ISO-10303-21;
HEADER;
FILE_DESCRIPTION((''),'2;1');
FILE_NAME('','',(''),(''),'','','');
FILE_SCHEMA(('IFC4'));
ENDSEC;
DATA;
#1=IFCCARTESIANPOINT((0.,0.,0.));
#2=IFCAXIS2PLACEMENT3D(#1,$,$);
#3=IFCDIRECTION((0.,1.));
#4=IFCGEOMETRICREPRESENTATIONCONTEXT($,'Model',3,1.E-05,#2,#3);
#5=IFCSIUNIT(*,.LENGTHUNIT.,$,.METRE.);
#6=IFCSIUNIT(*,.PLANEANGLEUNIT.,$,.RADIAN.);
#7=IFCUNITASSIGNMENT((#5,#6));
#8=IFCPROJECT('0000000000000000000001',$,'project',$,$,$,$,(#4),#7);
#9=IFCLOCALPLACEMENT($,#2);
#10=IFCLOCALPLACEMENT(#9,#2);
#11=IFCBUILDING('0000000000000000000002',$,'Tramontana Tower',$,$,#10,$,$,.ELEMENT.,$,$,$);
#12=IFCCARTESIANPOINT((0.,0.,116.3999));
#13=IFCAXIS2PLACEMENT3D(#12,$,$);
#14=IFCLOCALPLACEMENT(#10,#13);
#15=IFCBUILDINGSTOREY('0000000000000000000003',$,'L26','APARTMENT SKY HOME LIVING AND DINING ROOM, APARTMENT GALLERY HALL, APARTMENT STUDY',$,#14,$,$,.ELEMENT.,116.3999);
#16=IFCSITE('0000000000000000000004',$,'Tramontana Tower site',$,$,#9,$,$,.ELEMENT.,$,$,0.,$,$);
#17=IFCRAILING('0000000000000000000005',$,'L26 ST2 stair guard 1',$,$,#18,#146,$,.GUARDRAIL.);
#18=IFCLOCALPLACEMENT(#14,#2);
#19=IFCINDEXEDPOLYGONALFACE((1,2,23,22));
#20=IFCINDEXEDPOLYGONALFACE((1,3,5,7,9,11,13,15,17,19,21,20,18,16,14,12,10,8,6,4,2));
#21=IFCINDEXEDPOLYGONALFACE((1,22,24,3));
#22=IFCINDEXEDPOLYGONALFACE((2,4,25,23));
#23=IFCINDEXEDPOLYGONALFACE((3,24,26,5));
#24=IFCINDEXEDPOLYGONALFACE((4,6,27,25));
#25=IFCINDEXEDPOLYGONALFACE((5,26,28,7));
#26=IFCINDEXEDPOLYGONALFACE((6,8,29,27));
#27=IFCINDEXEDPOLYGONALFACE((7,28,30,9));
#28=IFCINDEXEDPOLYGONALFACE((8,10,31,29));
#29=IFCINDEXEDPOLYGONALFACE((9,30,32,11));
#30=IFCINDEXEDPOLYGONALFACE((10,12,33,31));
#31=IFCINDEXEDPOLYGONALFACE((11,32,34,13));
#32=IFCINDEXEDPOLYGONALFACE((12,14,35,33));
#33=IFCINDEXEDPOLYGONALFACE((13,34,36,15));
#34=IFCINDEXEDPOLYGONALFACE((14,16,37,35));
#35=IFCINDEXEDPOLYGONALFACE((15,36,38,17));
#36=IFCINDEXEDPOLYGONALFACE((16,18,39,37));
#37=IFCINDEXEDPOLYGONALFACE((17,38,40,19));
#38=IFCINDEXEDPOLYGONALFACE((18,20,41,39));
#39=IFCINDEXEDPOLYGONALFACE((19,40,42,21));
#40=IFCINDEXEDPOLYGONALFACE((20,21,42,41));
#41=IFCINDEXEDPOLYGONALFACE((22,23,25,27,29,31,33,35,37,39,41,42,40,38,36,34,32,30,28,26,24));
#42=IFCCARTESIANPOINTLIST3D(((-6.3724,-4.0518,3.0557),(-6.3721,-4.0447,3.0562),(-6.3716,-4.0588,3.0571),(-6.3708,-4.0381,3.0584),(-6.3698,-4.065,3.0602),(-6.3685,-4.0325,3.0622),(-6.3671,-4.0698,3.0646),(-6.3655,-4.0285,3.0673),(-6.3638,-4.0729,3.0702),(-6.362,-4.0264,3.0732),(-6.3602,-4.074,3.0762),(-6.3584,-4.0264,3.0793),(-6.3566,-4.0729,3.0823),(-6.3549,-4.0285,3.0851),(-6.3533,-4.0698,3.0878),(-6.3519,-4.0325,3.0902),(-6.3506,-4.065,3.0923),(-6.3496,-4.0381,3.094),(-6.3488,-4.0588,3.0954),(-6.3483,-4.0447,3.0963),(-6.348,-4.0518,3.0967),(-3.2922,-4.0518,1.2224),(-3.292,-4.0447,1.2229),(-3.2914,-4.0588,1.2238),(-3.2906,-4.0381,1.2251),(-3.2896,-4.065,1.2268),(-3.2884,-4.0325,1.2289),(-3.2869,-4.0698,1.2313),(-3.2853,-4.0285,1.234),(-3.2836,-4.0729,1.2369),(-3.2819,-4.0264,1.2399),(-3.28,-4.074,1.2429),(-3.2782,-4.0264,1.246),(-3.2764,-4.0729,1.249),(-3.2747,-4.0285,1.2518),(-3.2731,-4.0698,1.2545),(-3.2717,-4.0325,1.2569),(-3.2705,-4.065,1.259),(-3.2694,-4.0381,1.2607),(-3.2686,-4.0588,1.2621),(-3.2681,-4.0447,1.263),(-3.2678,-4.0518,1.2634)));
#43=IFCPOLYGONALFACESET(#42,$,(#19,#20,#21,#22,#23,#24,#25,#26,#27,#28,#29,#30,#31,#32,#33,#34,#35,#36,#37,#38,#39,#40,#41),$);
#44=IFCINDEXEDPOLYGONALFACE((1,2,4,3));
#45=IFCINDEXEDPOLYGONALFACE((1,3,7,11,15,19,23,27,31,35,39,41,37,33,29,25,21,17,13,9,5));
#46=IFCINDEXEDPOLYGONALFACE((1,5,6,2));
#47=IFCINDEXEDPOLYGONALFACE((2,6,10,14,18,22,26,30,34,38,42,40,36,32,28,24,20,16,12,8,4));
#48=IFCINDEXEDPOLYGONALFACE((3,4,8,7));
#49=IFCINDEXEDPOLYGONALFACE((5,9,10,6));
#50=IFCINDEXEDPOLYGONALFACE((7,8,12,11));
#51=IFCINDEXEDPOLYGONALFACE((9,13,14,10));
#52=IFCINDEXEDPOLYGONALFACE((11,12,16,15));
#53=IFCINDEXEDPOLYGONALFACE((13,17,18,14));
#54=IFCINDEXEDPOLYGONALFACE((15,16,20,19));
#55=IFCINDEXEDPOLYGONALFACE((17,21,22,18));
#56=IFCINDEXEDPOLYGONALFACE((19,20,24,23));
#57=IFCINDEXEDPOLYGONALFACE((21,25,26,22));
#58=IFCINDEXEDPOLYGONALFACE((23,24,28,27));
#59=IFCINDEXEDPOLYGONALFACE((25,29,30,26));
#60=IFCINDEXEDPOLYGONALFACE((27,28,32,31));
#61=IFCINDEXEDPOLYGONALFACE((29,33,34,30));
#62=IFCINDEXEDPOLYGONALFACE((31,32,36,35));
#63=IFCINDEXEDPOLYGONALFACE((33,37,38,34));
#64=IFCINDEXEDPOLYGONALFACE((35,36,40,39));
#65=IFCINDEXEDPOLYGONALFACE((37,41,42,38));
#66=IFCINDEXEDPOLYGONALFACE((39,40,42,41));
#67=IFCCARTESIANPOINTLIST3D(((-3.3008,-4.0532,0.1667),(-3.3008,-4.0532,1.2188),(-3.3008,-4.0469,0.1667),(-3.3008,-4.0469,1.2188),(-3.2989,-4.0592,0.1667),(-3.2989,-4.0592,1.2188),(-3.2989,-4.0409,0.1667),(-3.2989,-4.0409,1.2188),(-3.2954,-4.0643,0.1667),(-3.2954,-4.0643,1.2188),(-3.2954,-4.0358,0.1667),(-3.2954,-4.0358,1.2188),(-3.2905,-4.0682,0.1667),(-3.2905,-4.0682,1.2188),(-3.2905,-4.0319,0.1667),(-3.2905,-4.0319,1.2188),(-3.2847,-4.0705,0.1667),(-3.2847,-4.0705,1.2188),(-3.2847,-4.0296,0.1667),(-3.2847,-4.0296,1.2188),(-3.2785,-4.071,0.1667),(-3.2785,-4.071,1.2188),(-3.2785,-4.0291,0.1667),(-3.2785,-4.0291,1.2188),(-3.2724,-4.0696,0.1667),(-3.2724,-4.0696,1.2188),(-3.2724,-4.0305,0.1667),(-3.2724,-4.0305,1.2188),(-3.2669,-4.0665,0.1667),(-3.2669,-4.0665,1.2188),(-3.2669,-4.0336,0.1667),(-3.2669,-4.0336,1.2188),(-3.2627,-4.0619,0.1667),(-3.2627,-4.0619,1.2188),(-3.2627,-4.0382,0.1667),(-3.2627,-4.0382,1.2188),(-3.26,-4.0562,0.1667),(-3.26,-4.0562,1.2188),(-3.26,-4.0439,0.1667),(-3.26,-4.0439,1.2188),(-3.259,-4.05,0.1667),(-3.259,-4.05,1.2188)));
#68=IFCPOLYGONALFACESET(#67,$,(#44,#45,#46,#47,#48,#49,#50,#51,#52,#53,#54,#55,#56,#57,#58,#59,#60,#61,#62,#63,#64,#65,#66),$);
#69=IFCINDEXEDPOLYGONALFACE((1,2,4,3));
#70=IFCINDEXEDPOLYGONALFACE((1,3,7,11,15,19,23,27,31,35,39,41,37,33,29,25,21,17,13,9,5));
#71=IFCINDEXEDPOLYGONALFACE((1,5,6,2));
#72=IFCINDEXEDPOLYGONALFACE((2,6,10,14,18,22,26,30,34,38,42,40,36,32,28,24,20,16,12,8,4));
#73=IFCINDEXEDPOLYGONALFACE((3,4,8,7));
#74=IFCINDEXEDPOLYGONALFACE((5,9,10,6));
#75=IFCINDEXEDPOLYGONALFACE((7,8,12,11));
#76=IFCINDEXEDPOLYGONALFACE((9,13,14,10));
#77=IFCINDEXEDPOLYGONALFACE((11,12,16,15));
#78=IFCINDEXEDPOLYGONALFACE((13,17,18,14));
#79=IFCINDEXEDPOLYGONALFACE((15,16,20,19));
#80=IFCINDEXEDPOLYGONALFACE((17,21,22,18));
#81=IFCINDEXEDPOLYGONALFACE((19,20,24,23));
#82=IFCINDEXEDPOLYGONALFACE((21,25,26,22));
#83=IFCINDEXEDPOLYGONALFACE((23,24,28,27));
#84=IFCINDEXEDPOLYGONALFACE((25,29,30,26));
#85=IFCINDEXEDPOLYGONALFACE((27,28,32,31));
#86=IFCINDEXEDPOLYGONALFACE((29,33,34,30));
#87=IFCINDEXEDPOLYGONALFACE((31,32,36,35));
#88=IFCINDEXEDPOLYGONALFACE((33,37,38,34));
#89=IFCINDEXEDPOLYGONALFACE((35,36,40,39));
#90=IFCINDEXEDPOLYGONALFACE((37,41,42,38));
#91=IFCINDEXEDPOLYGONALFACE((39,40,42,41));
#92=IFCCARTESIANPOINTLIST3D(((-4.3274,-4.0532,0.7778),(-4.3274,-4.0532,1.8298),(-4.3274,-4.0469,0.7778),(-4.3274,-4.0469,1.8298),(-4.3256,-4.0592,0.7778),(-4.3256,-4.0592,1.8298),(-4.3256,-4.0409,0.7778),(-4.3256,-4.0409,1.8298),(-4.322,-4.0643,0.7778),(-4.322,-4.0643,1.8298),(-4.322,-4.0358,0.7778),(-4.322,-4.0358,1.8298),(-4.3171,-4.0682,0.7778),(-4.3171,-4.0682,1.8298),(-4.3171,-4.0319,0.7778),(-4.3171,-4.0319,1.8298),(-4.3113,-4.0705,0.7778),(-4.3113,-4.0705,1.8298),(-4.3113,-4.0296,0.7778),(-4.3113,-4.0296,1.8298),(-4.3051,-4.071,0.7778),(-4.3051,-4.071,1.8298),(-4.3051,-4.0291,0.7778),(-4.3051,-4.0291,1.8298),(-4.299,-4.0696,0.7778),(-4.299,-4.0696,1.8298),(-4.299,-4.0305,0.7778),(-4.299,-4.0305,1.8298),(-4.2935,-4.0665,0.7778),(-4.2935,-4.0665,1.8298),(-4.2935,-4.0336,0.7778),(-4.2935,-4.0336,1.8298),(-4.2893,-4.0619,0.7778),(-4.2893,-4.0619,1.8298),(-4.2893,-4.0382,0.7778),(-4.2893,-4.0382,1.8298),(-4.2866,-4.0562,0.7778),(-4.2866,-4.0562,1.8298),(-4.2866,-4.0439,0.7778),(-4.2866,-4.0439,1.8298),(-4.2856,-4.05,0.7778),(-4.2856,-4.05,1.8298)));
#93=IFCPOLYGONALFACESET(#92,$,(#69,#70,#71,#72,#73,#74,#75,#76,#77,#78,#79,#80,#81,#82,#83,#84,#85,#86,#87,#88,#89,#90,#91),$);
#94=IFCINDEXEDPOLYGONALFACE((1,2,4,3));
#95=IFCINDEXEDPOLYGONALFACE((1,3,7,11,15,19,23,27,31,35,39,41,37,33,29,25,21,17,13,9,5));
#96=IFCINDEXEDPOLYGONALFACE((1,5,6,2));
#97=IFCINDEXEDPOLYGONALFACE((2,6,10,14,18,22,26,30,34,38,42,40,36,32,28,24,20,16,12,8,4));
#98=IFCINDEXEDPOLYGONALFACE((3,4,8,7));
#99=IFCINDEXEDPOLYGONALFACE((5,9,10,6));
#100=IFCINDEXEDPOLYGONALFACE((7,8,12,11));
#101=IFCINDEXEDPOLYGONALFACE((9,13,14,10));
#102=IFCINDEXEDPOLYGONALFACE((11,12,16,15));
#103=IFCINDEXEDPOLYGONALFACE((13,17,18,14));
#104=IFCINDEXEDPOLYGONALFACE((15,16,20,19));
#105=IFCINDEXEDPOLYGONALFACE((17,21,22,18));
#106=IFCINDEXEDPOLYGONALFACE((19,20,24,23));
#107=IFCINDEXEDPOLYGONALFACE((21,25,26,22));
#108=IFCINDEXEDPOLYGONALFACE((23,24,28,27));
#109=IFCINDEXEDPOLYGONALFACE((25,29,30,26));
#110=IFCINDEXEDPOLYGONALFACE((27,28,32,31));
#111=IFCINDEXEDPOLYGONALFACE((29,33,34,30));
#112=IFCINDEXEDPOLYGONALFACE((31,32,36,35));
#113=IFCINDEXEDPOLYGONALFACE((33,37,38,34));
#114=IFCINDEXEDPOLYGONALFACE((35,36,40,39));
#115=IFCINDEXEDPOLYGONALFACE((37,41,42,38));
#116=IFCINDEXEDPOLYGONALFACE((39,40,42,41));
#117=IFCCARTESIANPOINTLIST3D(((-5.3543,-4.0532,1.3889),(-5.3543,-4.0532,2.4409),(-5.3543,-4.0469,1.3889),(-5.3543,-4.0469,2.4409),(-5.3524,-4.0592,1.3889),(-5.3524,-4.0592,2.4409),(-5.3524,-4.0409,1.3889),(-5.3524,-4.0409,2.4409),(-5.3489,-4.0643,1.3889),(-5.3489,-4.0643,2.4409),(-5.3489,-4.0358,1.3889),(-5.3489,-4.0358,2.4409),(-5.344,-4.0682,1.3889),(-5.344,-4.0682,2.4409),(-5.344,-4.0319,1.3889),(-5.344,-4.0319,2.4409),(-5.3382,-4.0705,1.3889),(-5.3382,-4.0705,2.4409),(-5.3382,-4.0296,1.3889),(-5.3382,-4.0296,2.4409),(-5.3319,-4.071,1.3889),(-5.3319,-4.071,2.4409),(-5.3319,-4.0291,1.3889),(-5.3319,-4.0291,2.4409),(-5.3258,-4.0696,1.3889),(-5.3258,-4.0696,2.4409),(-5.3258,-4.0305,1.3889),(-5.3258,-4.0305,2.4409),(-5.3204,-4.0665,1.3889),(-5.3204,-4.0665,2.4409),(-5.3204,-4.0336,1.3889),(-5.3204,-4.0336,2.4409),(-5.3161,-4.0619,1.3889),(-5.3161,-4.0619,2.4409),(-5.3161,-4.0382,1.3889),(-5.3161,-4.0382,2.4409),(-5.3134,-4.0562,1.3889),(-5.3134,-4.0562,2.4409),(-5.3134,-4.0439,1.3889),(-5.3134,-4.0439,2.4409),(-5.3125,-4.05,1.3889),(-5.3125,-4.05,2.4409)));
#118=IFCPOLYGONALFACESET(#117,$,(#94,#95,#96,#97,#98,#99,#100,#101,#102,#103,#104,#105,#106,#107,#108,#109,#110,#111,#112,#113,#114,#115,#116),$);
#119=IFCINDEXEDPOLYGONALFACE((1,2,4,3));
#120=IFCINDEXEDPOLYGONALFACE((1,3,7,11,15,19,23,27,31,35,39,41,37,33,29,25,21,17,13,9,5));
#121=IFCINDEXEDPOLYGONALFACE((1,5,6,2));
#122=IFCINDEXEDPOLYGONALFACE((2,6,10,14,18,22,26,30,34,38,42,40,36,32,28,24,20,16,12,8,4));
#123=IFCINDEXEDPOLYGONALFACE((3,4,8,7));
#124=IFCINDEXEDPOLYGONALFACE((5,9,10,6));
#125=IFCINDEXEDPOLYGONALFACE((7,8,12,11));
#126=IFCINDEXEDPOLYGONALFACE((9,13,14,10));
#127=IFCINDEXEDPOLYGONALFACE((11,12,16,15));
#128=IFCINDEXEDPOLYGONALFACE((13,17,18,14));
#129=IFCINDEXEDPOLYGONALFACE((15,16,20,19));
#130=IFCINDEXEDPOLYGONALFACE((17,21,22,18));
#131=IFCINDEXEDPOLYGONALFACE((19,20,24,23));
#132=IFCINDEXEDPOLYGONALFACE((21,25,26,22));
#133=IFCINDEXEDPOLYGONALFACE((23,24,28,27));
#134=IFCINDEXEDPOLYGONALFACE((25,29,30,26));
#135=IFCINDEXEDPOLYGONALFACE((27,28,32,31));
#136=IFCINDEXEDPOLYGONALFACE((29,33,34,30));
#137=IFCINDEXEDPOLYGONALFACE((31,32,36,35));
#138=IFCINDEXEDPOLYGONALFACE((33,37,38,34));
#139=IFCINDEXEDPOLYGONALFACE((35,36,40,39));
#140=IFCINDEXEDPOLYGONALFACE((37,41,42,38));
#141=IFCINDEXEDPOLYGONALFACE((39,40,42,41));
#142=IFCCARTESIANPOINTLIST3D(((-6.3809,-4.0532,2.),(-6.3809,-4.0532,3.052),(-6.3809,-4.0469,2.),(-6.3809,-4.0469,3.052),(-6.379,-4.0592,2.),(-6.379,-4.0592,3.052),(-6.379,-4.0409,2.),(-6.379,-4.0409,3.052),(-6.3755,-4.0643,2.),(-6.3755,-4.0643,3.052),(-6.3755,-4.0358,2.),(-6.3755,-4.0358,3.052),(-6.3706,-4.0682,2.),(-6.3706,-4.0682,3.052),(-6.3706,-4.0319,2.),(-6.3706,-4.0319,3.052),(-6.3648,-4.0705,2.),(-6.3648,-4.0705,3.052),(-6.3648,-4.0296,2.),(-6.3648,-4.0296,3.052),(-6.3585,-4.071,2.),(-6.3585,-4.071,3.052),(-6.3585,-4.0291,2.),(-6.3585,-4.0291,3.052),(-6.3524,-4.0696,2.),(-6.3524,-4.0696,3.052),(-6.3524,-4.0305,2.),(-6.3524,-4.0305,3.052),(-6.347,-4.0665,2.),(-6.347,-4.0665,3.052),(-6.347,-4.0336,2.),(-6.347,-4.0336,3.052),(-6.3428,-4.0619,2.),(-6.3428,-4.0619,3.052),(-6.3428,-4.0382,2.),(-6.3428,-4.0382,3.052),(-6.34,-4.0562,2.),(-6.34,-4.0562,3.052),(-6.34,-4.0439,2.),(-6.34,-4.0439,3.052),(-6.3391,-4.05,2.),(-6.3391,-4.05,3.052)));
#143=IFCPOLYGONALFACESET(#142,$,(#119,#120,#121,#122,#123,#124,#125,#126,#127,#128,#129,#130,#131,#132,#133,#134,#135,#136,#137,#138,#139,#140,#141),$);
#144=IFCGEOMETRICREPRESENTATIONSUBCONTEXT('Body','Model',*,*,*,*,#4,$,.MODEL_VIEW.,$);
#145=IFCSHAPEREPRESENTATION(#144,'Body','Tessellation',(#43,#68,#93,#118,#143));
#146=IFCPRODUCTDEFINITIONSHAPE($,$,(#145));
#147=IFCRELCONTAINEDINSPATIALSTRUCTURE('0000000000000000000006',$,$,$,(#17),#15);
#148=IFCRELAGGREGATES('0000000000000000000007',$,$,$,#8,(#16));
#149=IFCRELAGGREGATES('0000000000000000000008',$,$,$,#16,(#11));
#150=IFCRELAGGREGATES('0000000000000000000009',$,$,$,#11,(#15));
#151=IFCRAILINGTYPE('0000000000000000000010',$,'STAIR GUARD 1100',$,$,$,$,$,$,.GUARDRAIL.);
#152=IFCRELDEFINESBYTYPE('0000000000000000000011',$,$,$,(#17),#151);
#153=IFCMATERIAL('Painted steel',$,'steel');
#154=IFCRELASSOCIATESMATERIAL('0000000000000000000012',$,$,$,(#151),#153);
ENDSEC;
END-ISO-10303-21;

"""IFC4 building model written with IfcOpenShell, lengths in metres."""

from ifc_helpers import new_model, si_unit, direction, frame, origin, origin_2d, place, context, subcontext, project, spatial, circle, extrude, material, type_object, element, save


model = new_model("IFC4")

# Units and contexts
model_context = context("Model", 3, precision=1e-05, world=origin(), true_north=direction((0.0, 1.0)))
body_context = subcontext(model_context, "Body", "Model", "MODEL_VIEW")
ifc_project = project(units=[si_unit("LENGTHUNIT", "METRE"), si_unit("PLANEANGLEUNIT", "RADIAN")], contexts=[model_context])

# Site, building, storey
site_placement = place(None, origin())
site = spatial("IfcSite", under=ifc_project, at=site_placement, Name="Tramontana Tower site", CompositionType="ELEMENT", RefElevation=0.0)
building_placement = place(site_placement, origin())
building = spatial("IfcBuilding", under=site, at=building_placement, Name="Tramontana Tower", CompositionType="ELEMENT")
storey_placement = place(building_placement, frame((0.0, 0.0, 116.3999)))
storey = spatial("IfcBuildingStorey", under=building, at=storey_placement, Name="L26", Description="APARTMENT SKY HOME LIVING AND DINING ROOM, APARTMENT GALLERY HALL, APARTMENT STUDY", CompositionType="ELEMENT", Elevation=116.3999)

# Railing
ifc_material_1 = material(Name="Painted steel", Category="steel")
railing_type_1 = type_object("IfcRailingType", Name="STAIR GUARD 1100", PredefinedType="GUARDRAIL", material=ifc_material_1)
railing_1_placement = place(storey_placement, frame((-3.28, -4.05, 0.1667)))
element("IfcRailing", 1, at=railing_1_placement, inside=storey, type_object=railing_type_1, Name="L26 ST2 stair guard 1", PredefinedType="GUARDRAIL", context=body_context, shape_type="SweptSolid", body=[
    extrude(circle(Radius=0.0239, at=origin_2d()), frame((0.0, 0.0, 1.0762), z_axis=(-0.859309, 0.0, 0.511458), x_axis=(0.0, -1.0, 0.0)), (0.0, 0.0, 1.0), 3.5845),
    extrude(circle(Radius=0.021, at=origin_2d()), origin(), (0.0, 0.0, 1.0), 1.052),
    extrude(circle(Radius=0.021, at=origin_2d()), frame((-1.0266, 0.0, 0.6111)), (0.0, 0.0, 1.0), 1.052),
    extrude(circle(Radius=0.021, at=origin_2d()), frame((-2.0535, 0.0, 1.2222)), (0.0, 0.0, 1.0), 1.052),
    extrude(circle(Radius=0.021, at=origin_2d()), frame((-3.0801, 0.0, 1.8333)), (0.0, 0.0, 1.0), 1.052),
])

save(model, "model.ifc")
